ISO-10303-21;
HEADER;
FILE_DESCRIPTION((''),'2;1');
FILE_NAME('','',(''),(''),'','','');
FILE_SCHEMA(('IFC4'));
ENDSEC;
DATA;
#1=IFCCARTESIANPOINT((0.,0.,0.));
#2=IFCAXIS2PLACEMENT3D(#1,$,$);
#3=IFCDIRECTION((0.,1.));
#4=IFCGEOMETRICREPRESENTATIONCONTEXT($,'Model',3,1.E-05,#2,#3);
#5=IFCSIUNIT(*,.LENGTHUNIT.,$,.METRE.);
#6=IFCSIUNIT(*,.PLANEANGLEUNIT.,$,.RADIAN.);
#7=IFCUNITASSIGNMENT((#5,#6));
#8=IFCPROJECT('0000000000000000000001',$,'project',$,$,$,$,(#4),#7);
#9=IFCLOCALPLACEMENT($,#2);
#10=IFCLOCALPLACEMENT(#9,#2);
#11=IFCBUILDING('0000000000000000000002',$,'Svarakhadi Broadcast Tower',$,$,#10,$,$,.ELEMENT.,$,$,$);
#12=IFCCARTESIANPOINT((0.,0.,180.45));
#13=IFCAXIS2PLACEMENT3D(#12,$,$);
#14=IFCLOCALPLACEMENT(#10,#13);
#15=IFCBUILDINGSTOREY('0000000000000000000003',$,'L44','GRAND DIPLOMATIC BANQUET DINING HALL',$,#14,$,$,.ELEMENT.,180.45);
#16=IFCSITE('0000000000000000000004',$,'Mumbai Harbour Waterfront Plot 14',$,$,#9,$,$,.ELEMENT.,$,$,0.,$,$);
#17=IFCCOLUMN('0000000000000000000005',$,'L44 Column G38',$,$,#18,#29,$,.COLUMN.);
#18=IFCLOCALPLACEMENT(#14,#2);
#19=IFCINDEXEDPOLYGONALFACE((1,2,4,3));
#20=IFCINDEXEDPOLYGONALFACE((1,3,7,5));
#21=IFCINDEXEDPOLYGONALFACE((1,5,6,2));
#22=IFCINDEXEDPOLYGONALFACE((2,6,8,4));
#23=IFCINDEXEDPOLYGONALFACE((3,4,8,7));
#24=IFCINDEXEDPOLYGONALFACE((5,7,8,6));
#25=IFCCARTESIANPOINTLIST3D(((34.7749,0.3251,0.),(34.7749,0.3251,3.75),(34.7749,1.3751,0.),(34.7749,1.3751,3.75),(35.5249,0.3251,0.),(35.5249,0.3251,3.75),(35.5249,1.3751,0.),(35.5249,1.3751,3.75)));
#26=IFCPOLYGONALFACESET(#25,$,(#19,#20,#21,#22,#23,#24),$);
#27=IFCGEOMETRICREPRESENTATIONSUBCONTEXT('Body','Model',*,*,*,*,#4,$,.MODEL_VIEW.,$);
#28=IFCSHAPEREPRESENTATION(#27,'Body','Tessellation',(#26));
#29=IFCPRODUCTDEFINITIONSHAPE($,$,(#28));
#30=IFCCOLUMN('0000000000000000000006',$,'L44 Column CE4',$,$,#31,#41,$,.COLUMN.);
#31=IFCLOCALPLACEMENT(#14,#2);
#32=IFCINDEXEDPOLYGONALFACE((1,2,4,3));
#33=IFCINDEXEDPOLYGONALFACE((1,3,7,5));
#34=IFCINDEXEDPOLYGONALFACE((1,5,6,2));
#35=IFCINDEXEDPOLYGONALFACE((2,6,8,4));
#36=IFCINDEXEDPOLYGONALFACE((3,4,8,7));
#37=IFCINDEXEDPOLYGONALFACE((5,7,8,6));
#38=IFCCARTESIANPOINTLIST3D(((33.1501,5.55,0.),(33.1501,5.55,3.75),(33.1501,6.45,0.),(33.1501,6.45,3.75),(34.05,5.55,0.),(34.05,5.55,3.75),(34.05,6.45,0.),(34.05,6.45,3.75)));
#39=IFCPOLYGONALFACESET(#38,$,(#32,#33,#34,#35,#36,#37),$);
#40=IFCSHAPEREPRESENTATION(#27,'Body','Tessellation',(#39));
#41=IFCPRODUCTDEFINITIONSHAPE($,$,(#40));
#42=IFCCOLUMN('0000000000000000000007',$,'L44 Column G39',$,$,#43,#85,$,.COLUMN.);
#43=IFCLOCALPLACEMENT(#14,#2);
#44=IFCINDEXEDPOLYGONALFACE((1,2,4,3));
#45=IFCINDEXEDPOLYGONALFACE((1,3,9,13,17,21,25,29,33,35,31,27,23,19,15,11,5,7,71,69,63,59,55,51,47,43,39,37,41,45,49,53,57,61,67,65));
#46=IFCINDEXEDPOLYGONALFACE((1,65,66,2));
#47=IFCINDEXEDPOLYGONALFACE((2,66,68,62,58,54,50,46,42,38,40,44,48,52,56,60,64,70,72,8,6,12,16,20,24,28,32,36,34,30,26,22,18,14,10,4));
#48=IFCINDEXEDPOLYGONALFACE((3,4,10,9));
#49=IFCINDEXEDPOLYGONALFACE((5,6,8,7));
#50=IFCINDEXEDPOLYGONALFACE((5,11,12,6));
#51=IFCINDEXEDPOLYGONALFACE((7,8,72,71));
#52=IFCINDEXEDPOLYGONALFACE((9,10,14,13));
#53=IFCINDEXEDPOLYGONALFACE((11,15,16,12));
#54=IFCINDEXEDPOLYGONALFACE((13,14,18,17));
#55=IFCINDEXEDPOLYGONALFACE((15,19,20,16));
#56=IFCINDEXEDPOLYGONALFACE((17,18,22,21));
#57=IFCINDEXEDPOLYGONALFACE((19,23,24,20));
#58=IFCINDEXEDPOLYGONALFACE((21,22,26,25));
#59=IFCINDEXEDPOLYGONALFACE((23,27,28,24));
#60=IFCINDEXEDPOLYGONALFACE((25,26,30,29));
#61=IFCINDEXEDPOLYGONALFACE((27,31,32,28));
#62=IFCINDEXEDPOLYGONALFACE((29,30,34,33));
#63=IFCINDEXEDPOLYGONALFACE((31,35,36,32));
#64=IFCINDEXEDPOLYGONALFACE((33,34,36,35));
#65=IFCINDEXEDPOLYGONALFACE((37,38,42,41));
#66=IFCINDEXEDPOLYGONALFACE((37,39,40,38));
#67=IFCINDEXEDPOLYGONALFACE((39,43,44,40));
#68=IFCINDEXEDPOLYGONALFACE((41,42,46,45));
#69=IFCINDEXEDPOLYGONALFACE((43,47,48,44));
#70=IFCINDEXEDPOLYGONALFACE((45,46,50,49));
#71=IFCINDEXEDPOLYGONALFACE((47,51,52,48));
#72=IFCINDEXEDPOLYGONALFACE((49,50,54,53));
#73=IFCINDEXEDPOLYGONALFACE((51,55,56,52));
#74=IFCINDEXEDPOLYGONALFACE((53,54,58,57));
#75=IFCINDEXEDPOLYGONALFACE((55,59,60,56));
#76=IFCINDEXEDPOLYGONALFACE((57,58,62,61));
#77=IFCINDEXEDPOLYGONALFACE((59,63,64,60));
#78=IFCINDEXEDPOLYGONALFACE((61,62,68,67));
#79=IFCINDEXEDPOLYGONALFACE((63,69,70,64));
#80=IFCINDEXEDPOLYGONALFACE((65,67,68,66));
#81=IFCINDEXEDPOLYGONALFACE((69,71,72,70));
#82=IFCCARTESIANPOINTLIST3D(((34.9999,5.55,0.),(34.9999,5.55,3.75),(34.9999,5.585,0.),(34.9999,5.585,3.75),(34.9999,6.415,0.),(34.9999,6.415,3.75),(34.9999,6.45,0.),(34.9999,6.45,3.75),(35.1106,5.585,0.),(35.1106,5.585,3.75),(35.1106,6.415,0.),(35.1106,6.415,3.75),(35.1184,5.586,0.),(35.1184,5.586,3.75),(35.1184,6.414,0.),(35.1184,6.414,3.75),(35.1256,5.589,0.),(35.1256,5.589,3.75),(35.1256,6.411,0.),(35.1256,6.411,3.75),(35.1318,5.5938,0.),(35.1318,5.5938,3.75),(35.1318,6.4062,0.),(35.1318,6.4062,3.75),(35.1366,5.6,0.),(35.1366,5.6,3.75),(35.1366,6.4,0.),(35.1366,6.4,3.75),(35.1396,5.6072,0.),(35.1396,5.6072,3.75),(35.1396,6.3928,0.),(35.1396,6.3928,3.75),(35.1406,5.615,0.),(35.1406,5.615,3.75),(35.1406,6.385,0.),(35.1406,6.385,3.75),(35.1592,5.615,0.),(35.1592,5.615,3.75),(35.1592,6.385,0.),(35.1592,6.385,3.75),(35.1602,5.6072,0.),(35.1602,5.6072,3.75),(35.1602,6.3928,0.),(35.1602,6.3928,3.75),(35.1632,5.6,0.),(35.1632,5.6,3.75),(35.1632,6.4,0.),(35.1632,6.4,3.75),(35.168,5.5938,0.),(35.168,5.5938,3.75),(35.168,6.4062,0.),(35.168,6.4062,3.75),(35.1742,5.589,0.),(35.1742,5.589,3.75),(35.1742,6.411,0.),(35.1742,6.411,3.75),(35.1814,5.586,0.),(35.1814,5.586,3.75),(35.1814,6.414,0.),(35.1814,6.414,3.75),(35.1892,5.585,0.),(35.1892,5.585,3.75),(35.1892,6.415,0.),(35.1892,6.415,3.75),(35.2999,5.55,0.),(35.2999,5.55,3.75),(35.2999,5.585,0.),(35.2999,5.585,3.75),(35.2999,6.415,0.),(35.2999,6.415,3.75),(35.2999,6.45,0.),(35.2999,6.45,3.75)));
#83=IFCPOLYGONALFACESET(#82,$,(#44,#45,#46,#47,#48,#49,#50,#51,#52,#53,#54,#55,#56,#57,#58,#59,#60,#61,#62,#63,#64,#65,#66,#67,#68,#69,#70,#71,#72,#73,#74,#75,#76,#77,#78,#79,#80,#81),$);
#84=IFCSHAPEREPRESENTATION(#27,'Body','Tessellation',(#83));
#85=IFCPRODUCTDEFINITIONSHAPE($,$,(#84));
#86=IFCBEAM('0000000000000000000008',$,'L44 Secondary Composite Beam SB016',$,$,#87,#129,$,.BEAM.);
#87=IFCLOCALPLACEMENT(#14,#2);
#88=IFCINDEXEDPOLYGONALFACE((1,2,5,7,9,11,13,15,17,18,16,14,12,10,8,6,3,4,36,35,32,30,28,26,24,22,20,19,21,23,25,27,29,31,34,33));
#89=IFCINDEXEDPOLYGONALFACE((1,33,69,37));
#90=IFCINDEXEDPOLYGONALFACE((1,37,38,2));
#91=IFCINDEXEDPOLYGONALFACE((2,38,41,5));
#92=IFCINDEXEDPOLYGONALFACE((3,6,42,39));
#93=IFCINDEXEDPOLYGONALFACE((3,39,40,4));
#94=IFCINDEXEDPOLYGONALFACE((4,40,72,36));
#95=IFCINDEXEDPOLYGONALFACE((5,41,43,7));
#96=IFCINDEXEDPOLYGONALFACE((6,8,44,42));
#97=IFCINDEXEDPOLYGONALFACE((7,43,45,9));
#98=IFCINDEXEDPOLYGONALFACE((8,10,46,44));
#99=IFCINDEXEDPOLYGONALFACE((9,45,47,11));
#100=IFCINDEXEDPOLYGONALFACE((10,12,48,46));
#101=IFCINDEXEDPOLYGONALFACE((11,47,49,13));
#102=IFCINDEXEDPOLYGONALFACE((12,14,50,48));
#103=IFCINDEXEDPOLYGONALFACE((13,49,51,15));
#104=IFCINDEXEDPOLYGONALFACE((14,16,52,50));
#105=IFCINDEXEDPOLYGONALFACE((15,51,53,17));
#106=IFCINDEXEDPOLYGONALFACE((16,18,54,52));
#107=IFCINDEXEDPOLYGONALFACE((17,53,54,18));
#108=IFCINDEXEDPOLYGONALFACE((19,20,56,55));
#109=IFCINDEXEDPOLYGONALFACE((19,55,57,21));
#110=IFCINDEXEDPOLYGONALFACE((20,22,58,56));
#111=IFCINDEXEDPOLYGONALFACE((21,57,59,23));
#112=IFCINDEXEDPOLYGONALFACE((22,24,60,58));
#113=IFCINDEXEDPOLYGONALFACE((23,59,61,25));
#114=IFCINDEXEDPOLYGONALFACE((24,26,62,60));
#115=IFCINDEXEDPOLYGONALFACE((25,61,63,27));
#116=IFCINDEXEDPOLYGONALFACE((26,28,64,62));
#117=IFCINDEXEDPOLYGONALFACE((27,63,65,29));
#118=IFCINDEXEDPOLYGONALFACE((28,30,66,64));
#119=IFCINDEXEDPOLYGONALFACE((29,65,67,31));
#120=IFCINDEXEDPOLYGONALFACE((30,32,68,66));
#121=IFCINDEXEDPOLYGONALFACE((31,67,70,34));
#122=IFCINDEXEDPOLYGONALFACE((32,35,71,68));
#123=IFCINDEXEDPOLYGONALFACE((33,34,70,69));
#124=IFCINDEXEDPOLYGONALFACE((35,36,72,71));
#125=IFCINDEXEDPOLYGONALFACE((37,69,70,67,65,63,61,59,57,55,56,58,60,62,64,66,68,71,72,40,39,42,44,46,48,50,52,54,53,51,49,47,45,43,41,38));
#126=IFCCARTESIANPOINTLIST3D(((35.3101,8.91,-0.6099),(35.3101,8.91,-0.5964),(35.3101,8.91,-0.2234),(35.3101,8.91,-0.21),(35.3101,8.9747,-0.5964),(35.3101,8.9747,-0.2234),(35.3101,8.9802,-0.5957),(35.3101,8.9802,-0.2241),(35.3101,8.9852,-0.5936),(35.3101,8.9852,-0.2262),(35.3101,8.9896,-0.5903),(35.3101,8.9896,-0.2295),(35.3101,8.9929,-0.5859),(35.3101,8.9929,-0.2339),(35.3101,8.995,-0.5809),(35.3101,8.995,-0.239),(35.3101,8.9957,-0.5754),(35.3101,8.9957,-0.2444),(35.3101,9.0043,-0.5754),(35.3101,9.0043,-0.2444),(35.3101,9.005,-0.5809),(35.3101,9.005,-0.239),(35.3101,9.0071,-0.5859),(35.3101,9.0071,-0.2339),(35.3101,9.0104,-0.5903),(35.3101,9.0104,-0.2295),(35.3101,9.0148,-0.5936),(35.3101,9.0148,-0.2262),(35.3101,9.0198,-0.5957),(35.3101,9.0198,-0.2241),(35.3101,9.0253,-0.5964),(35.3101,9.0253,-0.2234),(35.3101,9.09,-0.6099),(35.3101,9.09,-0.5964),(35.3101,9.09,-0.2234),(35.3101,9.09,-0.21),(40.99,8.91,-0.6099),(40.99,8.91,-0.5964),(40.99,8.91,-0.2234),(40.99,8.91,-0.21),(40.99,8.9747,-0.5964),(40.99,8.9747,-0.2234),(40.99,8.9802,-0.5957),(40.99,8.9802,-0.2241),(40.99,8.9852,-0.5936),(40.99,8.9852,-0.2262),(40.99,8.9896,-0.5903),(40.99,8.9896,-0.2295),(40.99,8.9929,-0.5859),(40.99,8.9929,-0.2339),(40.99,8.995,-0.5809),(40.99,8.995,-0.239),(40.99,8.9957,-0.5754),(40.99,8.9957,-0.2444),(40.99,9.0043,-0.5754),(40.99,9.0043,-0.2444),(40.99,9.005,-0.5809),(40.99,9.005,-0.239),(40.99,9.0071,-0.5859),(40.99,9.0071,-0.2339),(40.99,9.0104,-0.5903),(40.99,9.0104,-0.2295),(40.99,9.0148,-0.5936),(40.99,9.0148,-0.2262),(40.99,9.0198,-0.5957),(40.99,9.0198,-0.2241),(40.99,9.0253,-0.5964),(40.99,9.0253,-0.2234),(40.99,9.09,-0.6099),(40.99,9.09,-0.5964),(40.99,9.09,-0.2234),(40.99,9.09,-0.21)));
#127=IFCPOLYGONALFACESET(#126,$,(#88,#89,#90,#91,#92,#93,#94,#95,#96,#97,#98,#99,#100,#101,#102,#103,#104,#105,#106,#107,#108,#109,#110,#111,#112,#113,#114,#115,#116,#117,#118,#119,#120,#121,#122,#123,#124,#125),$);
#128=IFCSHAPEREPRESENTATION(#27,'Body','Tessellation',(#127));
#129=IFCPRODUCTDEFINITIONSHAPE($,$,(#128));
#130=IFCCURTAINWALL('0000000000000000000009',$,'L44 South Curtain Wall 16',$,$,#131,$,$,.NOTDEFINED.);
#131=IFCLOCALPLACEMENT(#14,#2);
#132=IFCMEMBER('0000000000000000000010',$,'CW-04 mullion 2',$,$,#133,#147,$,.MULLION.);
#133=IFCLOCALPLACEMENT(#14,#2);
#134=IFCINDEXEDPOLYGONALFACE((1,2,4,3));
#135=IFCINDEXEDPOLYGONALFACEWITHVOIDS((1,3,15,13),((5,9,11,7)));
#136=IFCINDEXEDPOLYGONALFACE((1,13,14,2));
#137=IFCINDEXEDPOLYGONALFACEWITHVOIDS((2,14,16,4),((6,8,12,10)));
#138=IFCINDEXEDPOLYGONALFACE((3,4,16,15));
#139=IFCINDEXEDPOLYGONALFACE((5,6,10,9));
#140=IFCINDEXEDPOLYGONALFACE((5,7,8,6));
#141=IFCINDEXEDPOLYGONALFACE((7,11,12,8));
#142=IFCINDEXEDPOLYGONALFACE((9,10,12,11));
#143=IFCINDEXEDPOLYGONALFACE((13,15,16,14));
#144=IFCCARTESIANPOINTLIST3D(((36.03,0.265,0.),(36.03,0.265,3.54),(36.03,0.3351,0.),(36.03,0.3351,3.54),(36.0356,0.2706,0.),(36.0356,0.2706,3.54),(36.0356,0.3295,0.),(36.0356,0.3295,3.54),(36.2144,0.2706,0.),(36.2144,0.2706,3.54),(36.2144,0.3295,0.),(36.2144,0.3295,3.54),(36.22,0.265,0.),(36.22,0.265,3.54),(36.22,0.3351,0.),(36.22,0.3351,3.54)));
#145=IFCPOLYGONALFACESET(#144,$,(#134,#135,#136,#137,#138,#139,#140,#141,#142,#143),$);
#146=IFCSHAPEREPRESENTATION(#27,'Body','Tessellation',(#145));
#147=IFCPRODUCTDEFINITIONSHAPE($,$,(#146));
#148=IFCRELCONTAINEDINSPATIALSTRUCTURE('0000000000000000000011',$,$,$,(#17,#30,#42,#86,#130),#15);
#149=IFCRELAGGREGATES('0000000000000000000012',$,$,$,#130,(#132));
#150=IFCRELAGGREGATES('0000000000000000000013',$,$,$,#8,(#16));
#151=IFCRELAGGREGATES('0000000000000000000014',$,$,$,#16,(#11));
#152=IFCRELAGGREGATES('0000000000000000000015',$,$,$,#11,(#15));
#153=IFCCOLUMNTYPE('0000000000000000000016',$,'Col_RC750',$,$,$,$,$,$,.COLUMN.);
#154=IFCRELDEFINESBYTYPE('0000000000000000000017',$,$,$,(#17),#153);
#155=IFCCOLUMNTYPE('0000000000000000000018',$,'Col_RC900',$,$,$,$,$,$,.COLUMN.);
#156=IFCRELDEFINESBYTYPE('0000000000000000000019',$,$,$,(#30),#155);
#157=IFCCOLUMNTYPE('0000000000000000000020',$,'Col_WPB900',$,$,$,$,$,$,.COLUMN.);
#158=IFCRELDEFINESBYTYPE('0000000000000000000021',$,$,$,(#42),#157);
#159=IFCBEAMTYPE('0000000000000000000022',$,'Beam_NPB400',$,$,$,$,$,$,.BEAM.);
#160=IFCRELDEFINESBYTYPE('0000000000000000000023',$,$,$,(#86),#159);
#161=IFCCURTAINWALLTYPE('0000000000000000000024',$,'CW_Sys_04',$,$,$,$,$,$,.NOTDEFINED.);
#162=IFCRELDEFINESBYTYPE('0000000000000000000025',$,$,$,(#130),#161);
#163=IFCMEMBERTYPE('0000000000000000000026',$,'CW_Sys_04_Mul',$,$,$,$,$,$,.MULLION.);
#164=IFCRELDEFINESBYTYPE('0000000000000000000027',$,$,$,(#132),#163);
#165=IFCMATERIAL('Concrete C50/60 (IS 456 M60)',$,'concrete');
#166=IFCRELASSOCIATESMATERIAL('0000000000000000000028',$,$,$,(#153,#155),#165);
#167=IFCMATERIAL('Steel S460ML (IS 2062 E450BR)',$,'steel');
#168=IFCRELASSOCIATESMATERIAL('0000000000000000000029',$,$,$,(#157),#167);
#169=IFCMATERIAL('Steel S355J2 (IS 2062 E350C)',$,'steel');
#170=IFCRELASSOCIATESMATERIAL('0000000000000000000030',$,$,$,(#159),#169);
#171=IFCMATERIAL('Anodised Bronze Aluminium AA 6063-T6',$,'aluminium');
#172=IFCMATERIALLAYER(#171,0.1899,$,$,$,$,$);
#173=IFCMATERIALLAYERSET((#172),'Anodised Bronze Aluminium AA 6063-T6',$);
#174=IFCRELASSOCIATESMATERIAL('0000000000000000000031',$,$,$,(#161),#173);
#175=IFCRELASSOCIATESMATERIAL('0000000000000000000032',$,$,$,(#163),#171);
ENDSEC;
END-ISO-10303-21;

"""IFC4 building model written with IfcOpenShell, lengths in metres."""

from ifc_helpers import new_model, si_unit, direction, frame, origin, origin_2d, place, context, subcontext, project, spatial, rectangle, hollow_rectangle, i_section, extrude, material, layer, layer_set, material_profile, profile_set, type_object, element, aggregate, save


model = new_model("IFC4")

# Units and contexts
model_context = context("Model", 3, precision=1e-05, world=origin(), true_north=direction((0.0, 1.0)))
body_context = subcontext(model_context, "Body", "Model", "MODEL_VIEW")
ifc_project = project(units=[si_unit("LENGTHUNIT", "METRE"), si_unit("PLANEANGLEUNIT", "RADIAN")], contexts=[model_context])

# Site, building, storey
site_placement = place(None, origin())
site = spatial("IfcSite", under=ifc_project, at=site_placement, Name="Mumbai Harbour Waterfront Plot 14", CompositionType="ELEMENT", RefElevation=0.0)
building_placement = place(site_placement, origin())
building = spatial("IfcBuilding", under=site, at=building_placement, Name="Svarakhadi Broadcast Tower", CompositionType="ELEMENT")
storey_placement = place(building_placement, frame((0.0, 0.0, 180.45)))
storey = spatial("IfcBuildingStorey", under=building, at=storey_placement, Name="L44", Description="GRAND DIPLOMATIC BANQUET DINING HALL", CompositionType="ELEMENT", Elevation=180.45)

# Columns
ifc_material_1 = material(Name="Concrete C50/60 (IS 456 M60)", Category="concrete")
ifc_material_profile_1 = material_profile(ifc_material_1, rectangle(XDim=0.75, YDim=1.05, at=origin_2d()), Name="RC 750x1050")
ifc_profile_set_1 = profile_set([ifc_material_profile_1], Name="Concrete C50/60 (IS 456 M60)")
column_type_1 = type_object("IfcColumnType", Name="Col_RC750", PredefinedType="COLUMN", material=ifc_profile_set_1)
column_1_placement = place(storey_placement, frame((35.1499, 0.8501, 0.0), z_axis=(0.0, 0.0, 1.0), x_axis=(1.0, 0.0, 0.0)))
element("IfcColumn", 1, at=column_1_placement, inside=storey, type_object=column_type_1, Name="L44 Column G38", PredefinedType="COLUMN", context=body_context, shape_type="SweptSolid", body=[
    extrude(rectangle(XDim=0.75, YDim=1.05, at=origin_2d()), origin(), (0.0, 0.0, 1.0), 3.75),
])
ifc_material_profile_2 = material_profile(ifc_material_1, rectangle(XDim=0.8999, YDim=0.8999, at=origin_2d()), Name="RC 900x900")
ifc_profile_set_2 = profile_set([ifc_material_profile_2], Name="Concrete C50/60 (IS 456 M60)")
column_type_2 = type_object("IfcColumnType", Name="Col_RC900", PredefinedType="COLUMN", material=ifc_profile_set_2)
column_2_placement = place(storey_placement, frame((33.6001, 6.0, 0.0), z_axis=(0.0, 0.0, 1.0), x_axis=(1.0, 0.0, 0.0)))
element("IfcColumn", 2, at=column_2_placement, inside=storey, type_object=column_type_2, Name="L44 Column CE4", PredefinedType="COLUMN", context=body_context, shape_type="SweptSolid", body=[
    extrude(rectangle(XDim=0.8999, YDim=0.8999, at=origin_2d()), origin(), (0.0, 0.0, 1.0), 3.75),
])
ifc_material_2 = material(Name="Steel S460ML (IS 2062 E450BR)", Category="steel")
ifc_material_profile_3 = material_profile(ifc_material_2, i_section(OverallWidth=0.3, OverallDepth=0.8999, WebThickness=0.0186, FlangeThickness=0.0349, FilletRadius=0.03, at=origin_2d()), Name="WPB 900x300x291")
ifc_profile_set_3 = profile_set([ifc_material_profile_3], Name="Steel S460ML (IS 2062 E450BR)")
column_type_3 = type_object("IfcColumnType", Name="Col_WPB900", PredefinedType="COLUMN", material=ifc_profile_set_3)
column_3_placement = place(storey_placement, frame((35.1499, 6.0, 0.0), z_axis=(0.0, 0.0, 1.0), x_axis=(1.0, 0.0, 0.0)))
element("IfcColumn", 3, at=column_3_placement, inside=storey, type_object=column_type_3, Name="L44 Column G39", PredefinedType="COLUMN", context=body_context, shape_type="SweptSolid", body=[
    extrude(i_section(OverallWidth=0.3, OverallDepth=0.8999, WebThickness=0.0186, FlangeThickness=0.0349, FilletRadius=0.03, at=origin_2d()), origin(), (0.0, 0.0, 1.0), 3.75),
])

# Beam
ifc_material_3 = material(Name="Steel S355J2 (IS 2062 E350C)", Category="steel")
ifc_material_profile_4 = material_profile(ifc_material_3, i_section(OverallWidth=0.1799, OverallDepth=0.3999, WebThickness=0.0085, FlangeThickness=0.0134, FilletRadius=0.021, at=origin_2d()), Name="NPB 400x180x66")
ifc_profile_set_4 = profile_set([ifc_material_profile_4], Name="Steel S355J2 (IS 2062 E350C)")
beam_type_1 = type_object("IfcBeamType", Name="Beam_NPB400", PredefinedType="BEAM", material=ifc_profile_set_4)
beam_1_placement = place(storey_placement, frame((35.3101, 9.0, -0.4099), z_axis=(1.0, 0.0, 0.0), x_axis=(0.0, 1.0, 0.0)))
element("IfcBeam", 4, at=beam_1_placement, inside=storey, type_object=beam_type_1, Name="L44 Secondary Composite Beam SB016", PredefinedType="BEAM", context=body_context, shape_type="SweptSolid", body=[
    extrude(i_section(OverallWidth=0.1799, OverallDepth=0.3999, WebThickness=0.0085, FlangeThickness=0.0134, FilletRadius=0.021, at=origin_2d()), origin(), (0.0, 0.0, 1.0), 5.6799),
])

# Curtain wall, member
ifc_material_4 = material(Name="Anodised Bronze Aluminium AA 6063-T6", Category="aluminium")
ifc_layer_1 = layer(ifc_material_4, 0.1899)
ifc_layer_set_1 = layer_set([ifc_layer_1], Name="Anodised Bronze Aluminium AA 6063-T6")
curtain_wall_type = type_object("IfcCurtainWallType", Name="CW_Sys_04", PredefinedType="NOTDEFINED", material=ifc_layer_set_1)
curtain_wall_placement = place(storey_placement, origin())
curtain_wall = element("IfcCurtainWall", 5, at=curtain_wall_placement, inside=storey, type_object=curtain_wall_type, Name="L44 South Curtain Wall 16", PredefinedType="NOTDEFINED")
ifc_material_profile_5 = material_profile(ifc_material_4, hollow_rectangle(XDim=0.0701, YDim=0.1899, WallThickness=0.0056, at=origin_2d()), Name="ALU MULLION 190x70x6")
ifc_profile_set_5 = profile_set([ifc_material_profile_5], Name="Anodised Bronze Aluminium AA 6063-T6")
member_type = type_object("IfcMemberType", Name="CW_Sys_04_Mul", PredefinedType="MULLION", material=ifc_profile_set_5)
member_placement = place(storey_placement, frame((36.125, 0.3, 0.0), z_axis=(0.0, 0.0, 1.0), x_axis=(0.0, -1.0, 0.0)))
member = element("IfcMember", 6, at=member_placement, type_object=member_type, Name="CW-04 mullion 2", PredefinedType="MULLION", context=body_context, shape_type="SweptSolid", body=[
    extrude(hollow_rectangle(XDim=0.0701, YDim=0.1899, WallThickness=0.0056, at=origin_2d()), origin(), (0.0, 0.0, 1.0), 3.54),
])
aggregate(curtain_wall, [member])

save(model, "model.ifc")
